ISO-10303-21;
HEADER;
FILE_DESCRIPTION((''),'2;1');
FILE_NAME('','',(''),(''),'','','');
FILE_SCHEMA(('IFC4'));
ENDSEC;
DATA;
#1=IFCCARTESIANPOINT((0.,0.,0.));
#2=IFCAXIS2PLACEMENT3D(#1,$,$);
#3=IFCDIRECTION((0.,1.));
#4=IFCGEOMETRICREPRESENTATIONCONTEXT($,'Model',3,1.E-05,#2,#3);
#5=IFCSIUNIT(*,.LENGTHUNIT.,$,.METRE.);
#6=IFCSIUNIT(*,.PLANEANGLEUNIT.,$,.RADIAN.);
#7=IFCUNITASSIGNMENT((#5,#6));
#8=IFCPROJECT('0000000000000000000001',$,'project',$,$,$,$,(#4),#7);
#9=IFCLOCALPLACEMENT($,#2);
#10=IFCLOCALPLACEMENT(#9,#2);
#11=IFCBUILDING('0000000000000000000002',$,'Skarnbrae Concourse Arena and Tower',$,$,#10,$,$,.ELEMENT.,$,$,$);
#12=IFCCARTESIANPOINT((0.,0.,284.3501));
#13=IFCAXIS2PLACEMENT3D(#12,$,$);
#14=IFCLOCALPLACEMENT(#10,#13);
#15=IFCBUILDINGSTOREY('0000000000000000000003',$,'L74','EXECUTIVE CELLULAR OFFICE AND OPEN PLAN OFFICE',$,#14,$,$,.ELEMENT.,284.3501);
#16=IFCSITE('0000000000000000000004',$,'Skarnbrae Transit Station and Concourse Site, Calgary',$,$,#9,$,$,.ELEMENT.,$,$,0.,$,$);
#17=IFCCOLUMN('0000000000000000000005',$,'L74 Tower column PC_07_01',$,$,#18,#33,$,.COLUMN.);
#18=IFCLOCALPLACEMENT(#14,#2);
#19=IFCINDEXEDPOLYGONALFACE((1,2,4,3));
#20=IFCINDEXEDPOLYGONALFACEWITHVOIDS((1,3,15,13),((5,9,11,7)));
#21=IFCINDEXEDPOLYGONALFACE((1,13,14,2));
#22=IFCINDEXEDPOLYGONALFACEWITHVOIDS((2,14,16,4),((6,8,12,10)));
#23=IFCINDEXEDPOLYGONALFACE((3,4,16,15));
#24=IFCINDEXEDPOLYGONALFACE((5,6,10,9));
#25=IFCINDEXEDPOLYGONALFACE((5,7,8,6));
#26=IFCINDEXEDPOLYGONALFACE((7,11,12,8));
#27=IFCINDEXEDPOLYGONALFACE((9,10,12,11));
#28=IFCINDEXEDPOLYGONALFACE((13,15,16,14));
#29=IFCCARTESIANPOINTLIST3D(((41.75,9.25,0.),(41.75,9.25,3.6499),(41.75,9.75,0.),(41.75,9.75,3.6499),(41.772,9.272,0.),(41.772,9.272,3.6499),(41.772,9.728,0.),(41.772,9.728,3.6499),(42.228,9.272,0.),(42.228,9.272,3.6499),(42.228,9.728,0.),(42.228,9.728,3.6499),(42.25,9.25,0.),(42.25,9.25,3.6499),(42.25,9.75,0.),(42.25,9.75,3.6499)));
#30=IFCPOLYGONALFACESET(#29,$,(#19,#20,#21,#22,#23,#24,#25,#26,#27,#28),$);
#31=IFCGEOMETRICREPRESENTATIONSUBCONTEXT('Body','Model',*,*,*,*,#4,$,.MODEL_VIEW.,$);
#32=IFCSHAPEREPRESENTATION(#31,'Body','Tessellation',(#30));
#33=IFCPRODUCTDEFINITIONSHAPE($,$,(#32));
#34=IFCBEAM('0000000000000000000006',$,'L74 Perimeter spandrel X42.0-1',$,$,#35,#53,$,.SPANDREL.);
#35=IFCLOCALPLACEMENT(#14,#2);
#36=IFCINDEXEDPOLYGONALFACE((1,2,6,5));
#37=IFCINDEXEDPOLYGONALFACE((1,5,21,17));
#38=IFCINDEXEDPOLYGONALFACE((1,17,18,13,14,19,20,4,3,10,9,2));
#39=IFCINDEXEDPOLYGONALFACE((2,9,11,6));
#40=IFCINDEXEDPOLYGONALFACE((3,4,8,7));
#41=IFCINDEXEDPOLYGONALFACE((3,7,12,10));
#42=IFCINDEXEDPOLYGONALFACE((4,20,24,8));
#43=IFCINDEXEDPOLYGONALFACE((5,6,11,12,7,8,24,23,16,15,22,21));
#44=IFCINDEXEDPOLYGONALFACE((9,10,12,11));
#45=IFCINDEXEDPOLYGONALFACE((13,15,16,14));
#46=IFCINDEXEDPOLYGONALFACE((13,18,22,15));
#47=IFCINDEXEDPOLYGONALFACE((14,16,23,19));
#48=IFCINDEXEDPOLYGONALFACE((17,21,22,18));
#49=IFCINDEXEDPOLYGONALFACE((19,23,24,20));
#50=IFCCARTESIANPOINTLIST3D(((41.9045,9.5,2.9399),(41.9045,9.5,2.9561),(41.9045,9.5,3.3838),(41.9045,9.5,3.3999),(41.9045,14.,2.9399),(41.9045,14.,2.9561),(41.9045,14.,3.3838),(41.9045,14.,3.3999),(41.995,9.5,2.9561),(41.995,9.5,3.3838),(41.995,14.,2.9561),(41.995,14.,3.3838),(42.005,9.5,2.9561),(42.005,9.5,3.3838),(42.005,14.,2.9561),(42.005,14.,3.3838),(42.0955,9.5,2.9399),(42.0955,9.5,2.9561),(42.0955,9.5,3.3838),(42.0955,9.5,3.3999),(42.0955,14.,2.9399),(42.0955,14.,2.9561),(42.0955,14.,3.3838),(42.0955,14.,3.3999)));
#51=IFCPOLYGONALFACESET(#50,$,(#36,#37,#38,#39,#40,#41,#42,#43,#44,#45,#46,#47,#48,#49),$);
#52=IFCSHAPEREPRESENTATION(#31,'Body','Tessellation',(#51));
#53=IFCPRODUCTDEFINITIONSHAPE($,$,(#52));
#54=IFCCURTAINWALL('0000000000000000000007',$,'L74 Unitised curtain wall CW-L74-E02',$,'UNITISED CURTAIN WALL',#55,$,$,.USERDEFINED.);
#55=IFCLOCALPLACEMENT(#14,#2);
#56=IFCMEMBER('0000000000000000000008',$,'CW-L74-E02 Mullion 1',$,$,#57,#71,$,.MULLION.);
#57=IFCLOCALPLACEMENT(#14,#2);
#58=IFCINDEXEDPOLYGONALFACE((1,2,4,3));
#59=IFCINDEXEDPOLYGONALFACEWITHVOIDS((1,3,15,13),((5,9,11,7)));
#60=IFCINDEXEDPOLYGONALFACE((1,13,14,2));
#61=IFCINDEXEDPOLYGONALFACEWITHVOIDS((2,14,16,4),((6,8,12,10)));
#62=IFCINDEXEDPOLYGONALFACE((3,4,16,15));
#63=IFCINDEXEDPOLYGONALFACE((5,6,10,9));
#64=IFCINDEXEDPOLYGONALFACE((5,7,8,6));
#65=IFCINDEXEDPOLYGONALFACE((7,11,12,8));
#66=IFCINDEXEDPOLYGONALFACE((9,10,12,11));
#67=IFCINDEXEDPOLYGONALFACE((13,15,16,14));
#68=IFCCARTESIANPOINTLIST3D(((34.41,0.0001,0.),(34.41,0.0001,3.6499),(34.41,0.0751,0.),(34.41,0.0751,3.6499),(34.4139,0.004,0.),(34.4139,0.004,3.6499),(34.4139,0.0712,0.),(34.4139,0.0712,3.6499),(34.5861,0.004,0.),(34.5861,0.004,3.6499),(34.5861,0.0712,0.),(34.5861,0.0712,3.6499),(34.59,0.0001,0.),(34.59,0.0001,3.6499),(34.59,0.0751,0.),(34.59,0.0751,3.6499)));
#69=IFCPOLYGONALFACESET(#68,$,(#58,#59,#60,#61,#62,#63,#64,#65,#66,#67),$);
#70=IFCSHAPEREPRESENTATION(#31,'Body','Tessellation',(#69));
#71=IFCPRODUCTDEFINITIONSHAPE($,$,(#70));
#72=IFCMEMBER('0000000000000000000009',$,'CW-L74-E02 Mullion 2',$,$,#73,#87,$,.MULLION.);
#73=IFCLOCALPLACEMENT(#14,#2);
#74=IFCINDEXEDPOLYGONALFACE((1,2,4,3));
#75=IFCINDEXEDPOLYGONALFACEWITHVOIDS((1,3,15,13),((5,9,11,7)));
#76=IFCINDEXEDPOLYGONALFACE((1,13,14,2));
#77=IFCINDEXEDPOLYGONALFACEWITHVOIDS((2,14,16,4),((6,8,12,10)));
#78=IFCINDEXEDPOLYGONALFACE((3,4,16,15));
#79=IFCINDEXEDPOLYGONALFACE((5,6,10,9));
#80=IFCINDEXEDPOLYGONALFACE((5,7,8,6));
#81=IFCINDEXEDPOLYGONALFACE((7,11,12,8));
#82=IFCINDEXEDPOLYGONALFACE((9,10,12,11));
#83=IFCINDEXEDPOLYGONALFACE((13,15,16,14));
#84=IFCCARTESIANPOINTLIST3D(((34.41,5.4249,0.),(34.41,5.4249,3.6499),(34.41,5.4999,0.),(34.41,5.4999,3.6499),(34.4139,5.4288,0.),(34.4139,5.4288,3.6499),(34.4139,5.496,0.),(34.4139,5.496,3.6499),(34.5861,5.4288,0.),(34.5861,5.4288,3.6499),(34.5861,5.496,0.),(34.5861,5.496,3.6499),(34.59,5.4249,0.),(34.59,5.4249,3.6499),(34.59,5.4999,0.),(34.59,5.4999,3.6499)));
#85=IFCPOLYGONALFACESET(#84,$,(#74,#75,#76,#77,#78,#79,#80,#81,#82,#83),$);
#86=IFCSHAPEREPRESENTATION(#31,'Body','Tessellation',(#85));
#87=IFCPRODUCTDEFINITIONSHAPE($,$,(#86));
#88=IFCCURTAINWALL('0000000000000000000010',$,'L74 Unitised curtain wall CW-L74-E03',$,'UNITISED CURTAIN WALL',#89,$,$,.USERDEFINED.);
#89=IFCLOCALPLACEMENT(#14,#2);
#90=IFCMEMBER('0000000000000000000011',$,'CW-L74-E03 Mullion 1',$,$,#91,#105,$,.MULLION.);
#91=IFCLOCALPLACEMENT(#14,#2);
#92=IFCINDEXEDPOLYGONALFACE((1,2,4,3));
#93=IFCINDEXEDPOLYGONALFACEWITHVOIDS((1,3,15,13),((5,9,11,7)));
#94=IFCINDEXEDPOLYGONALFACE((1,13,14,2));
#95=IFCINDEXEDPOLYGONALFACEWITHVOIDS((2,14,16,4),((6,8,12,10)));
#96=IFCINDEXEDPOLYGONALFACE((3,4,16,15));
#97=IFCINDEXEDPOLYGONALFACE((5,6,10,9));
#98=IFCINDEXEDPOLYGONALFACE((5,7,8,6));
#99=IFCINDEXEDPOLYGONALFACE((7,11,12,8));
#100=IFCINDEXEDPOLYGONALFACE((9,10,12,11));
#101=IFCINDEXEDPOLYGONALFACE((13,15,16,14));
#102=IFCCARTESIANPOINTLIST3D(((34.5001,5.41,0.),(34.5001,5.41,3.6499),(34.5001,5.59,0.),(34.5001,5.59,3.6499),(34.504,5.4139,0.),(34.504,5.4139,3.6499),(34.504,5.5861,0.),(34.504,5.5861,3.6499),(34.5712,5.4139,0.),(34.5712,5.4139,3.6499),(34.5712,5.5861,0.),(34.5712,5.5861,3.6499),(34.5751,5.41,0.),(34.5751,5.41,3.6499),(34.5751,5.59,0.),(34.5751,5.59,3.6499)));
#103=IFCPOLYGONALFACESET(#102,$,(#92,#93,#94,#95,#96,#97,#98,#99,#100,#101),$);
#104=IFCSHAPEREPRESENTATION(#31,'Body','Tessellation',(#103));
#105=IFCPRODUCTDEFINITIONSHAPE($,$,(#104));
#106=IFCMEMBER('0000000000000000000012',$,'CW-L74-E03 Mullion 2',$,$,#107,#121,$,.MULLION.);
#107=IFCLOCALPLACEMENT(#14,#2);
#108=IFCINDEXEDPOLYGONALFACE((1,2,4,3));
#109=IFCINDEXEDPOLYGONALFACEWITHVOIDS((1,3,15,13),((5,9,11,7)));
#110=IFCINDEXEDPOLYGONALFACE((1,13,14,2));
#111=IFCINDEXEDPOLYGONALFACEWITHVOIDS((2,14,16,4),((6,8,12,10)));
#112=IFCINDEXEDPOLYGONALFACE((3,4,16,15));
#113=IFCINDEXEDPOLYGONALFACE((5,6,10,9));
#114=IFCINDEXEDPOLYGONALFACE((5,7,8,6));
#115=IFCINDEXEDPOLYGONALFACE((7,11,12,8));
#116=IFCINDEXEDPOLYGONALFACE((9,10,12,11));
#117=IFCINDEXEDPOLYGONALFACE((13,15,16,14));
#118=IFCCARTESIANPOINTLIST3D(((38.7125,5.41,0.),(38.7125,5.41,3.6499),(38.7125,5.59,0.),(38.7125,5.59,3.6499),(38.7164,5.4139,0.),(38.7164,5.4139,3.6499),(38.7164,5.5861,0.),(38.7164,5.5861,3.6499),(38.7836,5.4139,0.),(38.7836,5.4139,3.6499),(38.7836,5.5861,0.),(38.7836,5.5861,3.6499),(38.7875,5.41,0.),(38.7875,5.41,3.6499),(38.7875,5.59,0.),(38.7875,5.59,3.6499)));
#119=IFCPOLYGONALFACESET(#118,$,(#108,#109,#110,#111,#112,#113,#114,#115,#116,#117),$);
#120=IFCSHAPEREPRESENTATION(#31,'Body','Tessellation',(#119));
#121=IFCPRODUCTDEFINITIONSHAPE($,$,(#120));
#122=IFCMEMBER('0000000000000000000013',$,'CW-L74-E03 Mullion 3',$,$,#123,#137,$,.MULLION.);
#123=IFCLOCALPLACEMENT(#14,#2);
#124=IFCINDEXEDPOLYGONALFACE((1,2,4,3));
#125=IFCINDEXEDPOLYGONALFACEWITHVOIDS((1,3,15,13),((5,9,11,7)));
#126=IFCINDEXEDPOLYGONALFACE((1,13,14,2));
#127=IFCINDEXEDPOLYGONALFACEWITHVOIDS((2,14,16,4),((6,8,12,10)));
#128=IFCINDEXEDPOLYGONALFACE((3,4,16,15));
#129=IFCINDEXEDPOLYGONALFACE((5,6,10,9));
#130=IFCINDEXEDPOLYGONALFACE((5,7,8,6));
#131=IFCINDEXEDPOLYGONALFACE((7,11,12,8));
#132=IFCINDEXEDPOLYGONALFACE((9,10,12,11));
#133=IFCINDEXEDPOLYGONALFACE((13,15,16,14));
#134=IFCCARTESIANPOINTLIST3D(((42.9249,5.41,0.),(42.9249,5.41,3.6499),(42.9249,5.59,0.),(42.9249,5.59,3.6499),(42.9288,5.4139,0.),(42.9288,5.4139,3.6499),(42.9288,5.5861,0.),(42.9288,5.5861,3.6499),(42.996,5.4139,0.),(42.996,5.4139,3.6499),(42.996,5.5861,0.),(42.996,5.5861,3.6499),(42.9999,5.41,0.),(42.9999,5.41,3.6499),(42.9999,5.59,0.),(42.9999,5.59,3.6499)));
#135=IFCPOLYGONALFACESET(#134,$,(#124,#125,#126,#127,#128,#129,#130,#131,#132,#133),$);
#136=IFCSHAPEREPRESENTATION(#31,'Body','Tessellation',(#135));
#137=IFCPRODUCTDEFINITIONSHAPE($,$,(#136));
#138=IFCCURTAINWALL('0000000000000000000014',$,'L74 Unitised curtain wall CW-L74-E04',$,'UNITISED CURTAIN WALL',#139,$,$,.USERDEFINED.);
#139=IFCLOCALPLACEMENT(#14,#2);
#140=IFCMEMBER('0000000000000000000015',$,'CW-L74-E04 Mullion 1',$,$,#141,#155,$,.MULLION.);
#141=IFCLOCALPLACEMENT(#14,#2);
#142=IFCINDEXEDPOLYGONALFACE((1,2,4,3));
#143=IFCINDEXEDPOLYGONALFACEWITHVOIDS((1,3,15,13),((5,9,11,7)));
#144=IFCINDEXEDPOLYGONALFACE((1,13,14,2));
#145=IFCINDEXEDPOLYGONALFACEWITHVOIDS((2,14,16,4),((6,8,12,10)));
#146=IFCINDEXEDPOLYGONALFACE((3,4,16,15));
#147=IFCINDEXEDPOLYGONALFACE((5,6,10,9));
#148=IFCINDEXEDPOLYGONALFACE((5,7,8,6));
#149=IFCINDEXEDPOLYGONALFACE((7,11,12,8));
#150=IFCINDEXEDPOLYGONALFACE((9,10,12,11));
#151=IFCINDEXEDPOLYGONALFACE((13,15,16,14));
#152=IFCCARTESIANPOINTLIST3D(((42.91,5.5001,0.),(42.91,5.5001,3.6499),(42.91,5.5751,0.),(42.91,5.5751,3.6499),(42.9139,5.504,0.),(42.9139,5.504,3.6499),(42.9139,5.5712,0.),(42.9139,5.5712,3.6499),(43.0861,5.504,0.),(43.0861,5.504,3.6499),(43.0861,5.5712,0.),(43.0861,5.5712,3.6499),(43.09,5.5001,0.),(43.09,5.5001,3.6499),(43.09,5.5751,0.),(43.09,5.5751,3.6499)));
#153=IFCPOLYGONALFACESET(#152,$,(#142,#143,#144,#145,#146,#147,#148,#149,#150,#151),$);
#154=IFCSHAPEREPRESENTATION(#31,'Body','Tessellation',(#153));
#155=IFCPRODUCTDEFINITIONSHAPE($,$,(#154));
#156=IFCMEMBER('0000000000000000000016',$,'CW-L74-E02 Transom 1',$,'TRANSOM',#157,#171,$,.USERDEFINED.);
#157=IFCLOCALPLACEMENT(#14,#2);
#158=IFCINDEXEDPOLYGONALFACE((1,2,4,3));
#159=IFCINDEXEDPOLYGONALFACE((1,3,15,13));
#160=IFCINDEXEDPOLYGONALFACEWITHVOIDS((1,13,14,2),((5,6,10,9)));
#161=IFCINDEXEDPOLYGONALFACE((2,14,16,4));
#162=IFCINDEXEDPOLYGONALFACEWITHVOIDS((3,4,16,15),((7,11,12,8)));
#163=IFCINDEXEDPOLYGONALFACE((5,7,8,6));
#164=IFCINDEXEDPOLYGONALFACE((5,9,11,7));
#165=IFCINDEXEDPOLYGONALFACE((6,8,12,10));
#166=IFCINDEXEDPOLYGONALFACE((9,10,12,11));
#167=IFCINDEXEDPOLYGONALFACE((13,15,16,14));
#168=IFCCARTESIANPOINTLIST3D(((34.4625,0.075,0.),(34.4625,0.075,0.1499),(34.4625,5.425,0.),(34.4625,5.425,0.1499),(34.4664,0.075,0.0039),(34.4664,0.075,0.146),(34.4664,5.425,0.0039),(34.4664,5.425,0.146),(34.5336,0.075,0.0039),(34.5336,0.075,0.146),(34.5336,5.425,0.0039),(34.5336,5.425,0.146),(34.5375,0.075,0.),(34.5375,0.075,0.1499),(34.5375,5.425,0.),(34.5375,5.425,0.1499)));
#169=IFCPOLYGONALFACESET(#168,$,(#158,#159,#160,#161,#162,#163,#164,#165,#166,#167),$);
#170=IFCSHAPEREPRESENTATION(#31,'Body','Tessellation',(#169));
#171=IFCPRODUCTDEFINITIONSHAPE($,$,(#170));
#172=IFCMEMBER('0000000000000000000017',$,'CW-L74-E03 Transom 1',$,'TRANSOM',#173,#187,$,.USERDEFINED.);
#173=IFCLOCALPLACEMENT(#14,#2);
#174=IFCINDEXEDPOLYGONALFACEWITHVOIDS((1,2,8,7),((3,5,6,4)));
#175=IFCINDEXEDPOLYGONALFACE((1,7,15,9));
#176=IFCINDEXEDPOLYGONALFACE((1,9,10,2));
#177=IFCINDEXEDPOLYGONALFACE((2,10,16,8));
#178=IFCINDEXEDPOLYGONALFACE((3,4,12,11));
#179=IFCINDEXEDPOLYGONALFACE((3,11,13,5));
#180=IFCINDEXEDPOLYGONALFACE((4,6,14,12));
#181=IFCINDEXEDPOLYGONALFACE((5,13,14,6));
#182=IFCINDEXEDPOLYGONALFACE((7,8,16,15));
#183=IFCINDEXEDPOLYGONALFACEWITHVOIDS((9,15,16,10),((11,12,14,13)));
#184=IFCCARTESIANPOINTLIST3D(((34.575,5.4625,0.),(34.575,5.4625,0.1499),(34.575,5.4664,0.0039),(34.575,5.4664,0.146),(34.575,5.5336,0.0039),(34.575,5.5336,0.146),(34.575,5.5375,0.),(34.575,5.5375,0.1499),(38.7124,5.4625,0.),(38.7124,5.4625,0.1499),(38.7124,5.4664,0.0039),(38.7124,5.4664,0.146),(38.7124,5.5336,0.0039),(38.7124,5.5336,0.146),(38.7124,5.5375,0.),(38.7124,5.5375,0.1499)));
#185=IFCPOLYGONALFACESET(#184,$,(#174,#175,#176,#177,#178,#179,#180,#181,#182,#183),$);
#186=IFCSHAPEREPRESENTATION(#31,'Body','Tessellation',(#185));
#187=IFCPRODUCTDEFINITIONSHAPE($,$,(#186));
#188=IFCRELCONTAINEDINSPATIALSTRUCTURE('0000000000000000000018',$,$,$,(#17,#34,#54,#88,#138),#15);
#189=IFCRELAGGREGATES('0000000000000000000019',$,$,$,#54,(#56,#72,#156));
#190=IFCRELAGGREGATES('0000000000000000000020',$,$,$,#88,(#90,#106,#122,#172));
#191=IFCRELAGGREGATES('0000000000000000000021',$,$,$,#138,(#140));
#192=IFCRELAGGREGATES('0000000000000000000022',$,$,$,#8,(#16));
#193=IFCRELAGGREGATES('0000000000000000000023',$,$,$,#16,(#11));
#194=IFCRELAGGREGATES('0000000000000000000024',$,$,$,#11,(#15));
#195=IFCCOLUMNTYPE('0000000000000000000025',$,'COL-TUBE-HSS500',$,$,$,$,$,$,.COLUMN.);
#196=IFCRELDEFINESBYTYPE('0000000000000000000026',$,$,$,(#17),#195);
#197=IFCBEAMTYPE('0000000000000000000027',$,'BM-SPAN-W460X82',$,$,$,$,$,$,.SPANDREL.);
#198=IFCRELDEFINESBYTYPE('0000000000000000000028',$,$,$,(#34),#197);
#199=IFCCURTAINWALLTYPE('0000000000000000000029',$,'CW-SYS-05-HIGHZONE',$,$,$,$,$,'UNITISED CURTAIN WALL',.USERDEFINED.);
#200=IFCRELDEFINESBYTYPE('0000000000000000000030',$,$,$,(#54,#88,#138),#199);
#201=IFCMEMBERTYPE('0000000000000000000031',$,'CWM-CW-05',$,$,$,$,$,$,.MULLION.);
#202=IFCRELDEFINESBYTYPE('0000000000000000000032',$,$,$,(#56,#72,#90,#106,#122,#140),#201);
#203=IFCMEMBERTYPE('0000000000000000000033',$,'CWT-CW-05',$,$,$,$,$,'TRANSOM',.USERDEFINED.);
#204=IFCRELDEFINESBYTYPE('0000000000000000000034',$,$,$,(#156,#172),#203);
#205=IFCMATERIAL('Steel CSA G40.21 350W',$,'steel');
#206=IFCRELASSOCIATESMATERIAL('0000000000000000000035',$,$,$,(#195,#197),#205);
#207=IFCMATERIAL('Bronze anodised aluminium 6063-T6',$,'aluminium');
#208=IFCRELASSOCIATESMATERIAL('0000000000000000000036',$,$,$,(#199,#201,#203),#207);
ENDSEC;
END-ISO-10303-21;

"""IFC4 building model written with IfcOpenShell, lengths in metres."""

from ifc_helpers import new_model, si_unit, direction, frame, origin, origin_2d, place, context, subcontext, project, spatial, hollow_rectangle, i_section, extrude, source, transform, mapped, material, material_profile, profile_set, type_object, element, aggregate, save


model = new_model("IFC4")

# Units and contexts
model_context = context("Model", 3, precision=1e-05, world=origin(), true_north=direction((0.0, 1.0)))
body_context = subcontext(model_context, "Body", "Model", "MODEL_VIEW")
ifc_project = project(units=[si_unit("LENGTHUNIT", "METRE"), si_unit("PLANEANGLEUNIT", "RADIAN")], contexts=[model_context])

# Site, building, storey
site_placement = place(None, origin())
site = spatial("IfcSite", under=ifc_project, at=site_placement, Name="Skarnbrae Transit Station and Concourse Site, Calgary", CompositionType="ELEMENT", RefElevation=0.0)
building_placement = place(site_placement, origin())
building = spatial("IfcBuilding", under=site, at=building_placement, Name="Skarnbrae Concourse Arena and Tower", CompositionType="ELEMENT")
storey_placement = place(building_placement, frame((0.0, 0.0, 284.3501)))
storey = spatial("IfcBuildingStorey", under=building, at=storey_placement, Name="L74", Description="EXECUTIVE CELLULAR OFFICE AND OPEN PLAN OFFICE", CompositionType="ELEMENT", Elevation=284.3501)

# Column
ifc_material_1 = material(Name="Steel CSA G40.21 350W", Category="steel")
ifc_material_profile_1 = material_profile(ifc_material_1, hollow_rectangle(XDim=0.5, YDim=0.5, WallThickness=0.022, at=origin_2d()), Name="HSS500X500X22.0")
ifc_profile_set_1 = profile_set([ifc_material_profile_1], Name="Steel CSA G40.21 350W")
column_type = type_object("IfcColumnType", Name="COL-TUBE-HSS500", PredefinedType="COLUMN", material=ifc_profile_set_1)
shared_shape_1 = source(origin(), body_context, "Body", "SweptSolid", [
    extrude(hollow_rectangle(XDim=0.5, YDim=0.5, WallThickness=0.022, at=origin_2d()), origin(), (0.0, 0.0, 1.0), 3.6499),
])
column_placement = place(storey_placement, frame((42.0, 9.5, 0.0), z_axis=(0.0, 0.0, 1.0), x_axis=(1.0, 0.0, 0.0)))
element("IfcColumn", 1, at=column_placement, inside=storey, type_object=column_type, Name="L74 Tower column PC_07_01", PredefinedType="COLUMN", context=body_context, shape_type="MappedRepresentation", body=[
    mapped(shared_shape_1, transform((0.0, 0.0, 0.0))),
])

# Beam
ifc_material_profile_2 = material_profile(ifc_material_1, i_section(OverallWidth=0.1909, OverallDepth=0.46, WebThickness=0.01, FlangeThickness=0.0161, at=origin_2d()), Name="W460X82")
ifc_profile_set_2 = profile_set([ifc_material_profile_2], Name="Steel CSA G40.21 350W")
beam_type = type_object("IfcBeamType", Name="BM-SPAN-W460X82", PredefinedType="SPANDREL", material=ifc_profile_set_2)
shared_shape_2 = source(origin(), body_context, "Body", "SweptSolid", [
    extrude(i_section(OverallWidth=0.1909, OverallDepth=0.46, WebThickness=0.01, FlangeThickness=0.0161, at=origin_2d()), origin(), (0.0, 0.0, 1.0), 4.5),
])
beam_placement = place(storey_placement, frame((42.0, 9.5, 3.1699), z_axis=(0.0, 1.0, 0.0), x_axis=(-1.0, 0.0, 0.0)))
element("IfcBeam", 2, at=beam_placement, inside=storey, type_object=beam_type, Name="L74 Perimeter spandrel X42.0-1", PredefinedType="SPANDREL", context=body_context, shape_type="MappedRepresentation", body=[
    mapped(shared_shape_2, transform((0.0, 0.0, 0.0))),
])

# Curtain walls, members
ifc_material_2 = material(Name="Bronze anodised aluminium 6063-T6", Category="aluminium")
curtain_wall_type = type_object("IfcCurtainWallType", Name="CW-SYS-05-HIGHZONE", ElementType="UNITISED CURTAIN WALL", PredefinedType="USERDEFINED", material=ifc_material_2)
curtain_wall_1_placement = place(storey_placement, origin())
curtain_wall_1 = element("IfcCurtainWall", 3, at=curtain_wall_1_placement, inside=storey, type_object=curtain_wall_type, Name="L74 Unitised curtain wall CW-L74-E02", ObjectType="UNITISED CURTAIN WALL", PredefinedType="USERDEFINED")
ifc_material_profile_3 = material_profile(ifc_material_2, hollow_rectangle(XDim=0.075, YDim=0.1799, WallThickness=0.0039, at=origin_2d()), Name="ALU-MULL-75X180")
ifc_profile_set_3 = profile_set([ifc_material_profile_3], Name="Bronze anodised aluminium 6063-T6")
member_type_1 = type_object("IfcMemberType", Name="CWM-CW-05", PredefinedType="MULLION", material=ifc_profile_set_3)
shared_shape_3 = source(origin(), body_context, "Body", "SweptSolid", [
    extrude(hollow_rectangle(XDim=0.075, YDim=0.1799, WallThickness=0.0039, at=origin_2d()), origin(), (0.0, 0.0, 1.0), 3.6499),
])
member_1_placement = place(storey_placement, frame((34.5, 0.0376, 0.0), z_axis=(0.0, 0.0, 1.0), x_axis=(0.0, 1.0, 0.0)))
member_1 = element("IfcMember", 4, at=member_1_placement, type_object=member_type_1, Name="CW-L74-E02 Mullion 1", PredefinedType="MULLION", context=body_context, shape_type="MappedRepresentation", body=[
    mapped(shared_shape_3, transform((0.0, 0.0, 0.0))),
])
member_2_placement = place(storey_placement, frame((34.5, 5.4624, 0.0), z_axis=(0.0, 0.0, 1.0), x_axis=(0.0, 1.0, 0.0)))
member_2 = element("IfcMember", 5, at=member_2_placement, type_object=member_type_1, Name="CW-L74-E02 Mullion 2", PredefinedType="MULLION", context=body_context, shape_type="MappedRepresentation", body=[
    mapped(shared_shape_3, transform((0.0, 0.0, 0.0))),
])
curtain_wall_2_placement = place(storey_placement, origin())
curtain_wall_2 = element("IfcCurtainWall", 6, at=curtain_wall_2_placement, inside=storey, type_object=curtain_wall_type, Name="L74 Unitised curtain wall CW-L74-E03", ObjectType="UNITISED CURTAIN WALL", PredefinedType="USERDEFINED")
member_3_placement = place(storey_placement, frame((34.5376, 5.5, 0.0), z_axis=(0.0, 0.0, 1.0), x_axis=(1.0, 0.0, 0.0)))
member_3 = element("IfcMember", 7, at=member_3_placement, type_object=member_type_1, Name="CW-L74-E03 Mullion 1", PredefinedType="MULLION", context=body_context, shape_type="MappedRepresentation", body=[
    mapped(shared_shape_3, transform((0.0, 0.0, 0.0))),
])
member_4_placement = place(storey_placement, frame((38.75, 5.5, 0.0), z_axis=(0.0, 0.0, 1.0), x_axis=(1.0, 0.0, 0.0)))
member_4 = element("IfcMember", 8, at=member_4_placement, type_object=member_type_1, Name="CW-L74-E03 Mullion 2", PredefinedType="MULLION", context=body_context, shape_type="MappedRepresentation", body=[
    mapped(shared_shape_3, transform((0.0, 0.0, 0.0))),
])
member_5_placement = place(storey_placement, frame((42.9624, 5.5, 0.0), z_axis=(0.0, 0.0, 1.0), x_axis=(1.0, 0.0, 0.0)))
member_5 = element("IfcMember", 9, at=member_5_placement, type_object=member_type_1, Name="CW-L74-E03 Mullion 3", PredefinedType="MULLION", context=body_context, shape_type="MappedRepresentation", body=[
    mapped(shared_shape_3, transform((0.0, 0.0, 0.0))),
])

# Curtain wall, member
curtain_wall_3_placement = place(storey_placement, origin())
curtain_wall_3 = element("IfcCurtainWall", 10, at=curtain_wall_3_placement, inside=storey, type_object=curtain_wall_type, Name="L74 Unitised curtain wall CW-L74-E04", ObjectType="UNITISED CURTAIN WALL", PredefinedType="USERDEFINED")
member_6_placement = place(storey_placement, frame((43.0, 5.5376, 0.0), z_axis=(0.0, 0.0, 1.0), x_axis=(0.0, 1.0, 0.0)))
member_6 = element("IfcMember", 11, at=member_6_placement, type_object=member_type_1, Name="CW-L74-E04 Mullion 1", PredefinedType="MULLION", context=body_context, shape_type="MappedRepresentation", body=[
    mapped(shared_shape_3, transform((0.0, 0.0, 0.0))),
])

# Members
ifc_material_profile_4 = material_profile(ifc_material_2, hollow_rectangle(XDim=0.075, YDim=0.1499, WallThickness=0.0039, at=origin_2d()), Name="ALU-TRAN-75X150")
ifc_profile_set_4 = profile_set([ifc_material_profile_4], Name="Bronze anodised aluminium 6063-T6")
member_type_2 = type_object("IfcMemberType", Name="CWT-CW-05", ElementType="TRANSOM", PredefinedType="USERDEFINED", material=ifc_profile_set_4)
shared_shape_4 = source(origin(), body_context, "Body", "SweptSolid", [
    extrude(hollow_rectangle(XDim=0.075, YDim=0.1499, WallThickness=0.0039, at=origin_2d()), origin(), (0.0, 0.0, 1.0), 5.3501),
])
member_7_placement = place(storey_placement, frame((34.5, 0.075, 0.075), z_axis=(0.0, 1.0, 0.0), x_axis=(-1.0, 0.0, 0.0)))
member_7 = element("IfcMember", 12, at=member_7_placement, type_object=member_type_2, Name="CW-L74-E02 Transom 1", ObjectType="TRANSOM", PredefinedType="USERDEFINED", context=body_context, shape_type="MappedRepresentation", body=[
    mapped(shared_shape_4, transform((0.0, 0.0, 0.0))),
])
shared_shape_5 = source(origin(), body_context, "Body", "SweptSolid", [
    extrude(hollow_rectangle(XDim=0.075, YDim=0.1499, WallThickness=0.0039, at=origin_2d()), origin(), (0.0, 0.0, 1.0), 4.1375),
])
member_8_placement = place(storey_placement, frame((34.575, 5.5, 0.075), z_axis=(1.0, 0.0, 0.0), x_axis=(0.0, 1.0, 0.0)))
member_8 = element("IfcMember", 13, at=member_8_placement, type_object=member_type_2, Name="CW-L74-E03 Transom 1", ObjectType="TRANSOM", PredefinedType="USERDEFINED", context=body_context, shape_type="MappedRepresentation", body=[
    mapped(shared_shape_5, transform((0.0, 0.0, 0.0))),
])

aggregate(curtain_wall_1, [member_1, member_2, member_7])
aggregate(curtain_wall_2, [member_3, member_4, member_5, member_8])
aggregate(curtain_wall_3, [member_6])

save(model, "model.ifc")
